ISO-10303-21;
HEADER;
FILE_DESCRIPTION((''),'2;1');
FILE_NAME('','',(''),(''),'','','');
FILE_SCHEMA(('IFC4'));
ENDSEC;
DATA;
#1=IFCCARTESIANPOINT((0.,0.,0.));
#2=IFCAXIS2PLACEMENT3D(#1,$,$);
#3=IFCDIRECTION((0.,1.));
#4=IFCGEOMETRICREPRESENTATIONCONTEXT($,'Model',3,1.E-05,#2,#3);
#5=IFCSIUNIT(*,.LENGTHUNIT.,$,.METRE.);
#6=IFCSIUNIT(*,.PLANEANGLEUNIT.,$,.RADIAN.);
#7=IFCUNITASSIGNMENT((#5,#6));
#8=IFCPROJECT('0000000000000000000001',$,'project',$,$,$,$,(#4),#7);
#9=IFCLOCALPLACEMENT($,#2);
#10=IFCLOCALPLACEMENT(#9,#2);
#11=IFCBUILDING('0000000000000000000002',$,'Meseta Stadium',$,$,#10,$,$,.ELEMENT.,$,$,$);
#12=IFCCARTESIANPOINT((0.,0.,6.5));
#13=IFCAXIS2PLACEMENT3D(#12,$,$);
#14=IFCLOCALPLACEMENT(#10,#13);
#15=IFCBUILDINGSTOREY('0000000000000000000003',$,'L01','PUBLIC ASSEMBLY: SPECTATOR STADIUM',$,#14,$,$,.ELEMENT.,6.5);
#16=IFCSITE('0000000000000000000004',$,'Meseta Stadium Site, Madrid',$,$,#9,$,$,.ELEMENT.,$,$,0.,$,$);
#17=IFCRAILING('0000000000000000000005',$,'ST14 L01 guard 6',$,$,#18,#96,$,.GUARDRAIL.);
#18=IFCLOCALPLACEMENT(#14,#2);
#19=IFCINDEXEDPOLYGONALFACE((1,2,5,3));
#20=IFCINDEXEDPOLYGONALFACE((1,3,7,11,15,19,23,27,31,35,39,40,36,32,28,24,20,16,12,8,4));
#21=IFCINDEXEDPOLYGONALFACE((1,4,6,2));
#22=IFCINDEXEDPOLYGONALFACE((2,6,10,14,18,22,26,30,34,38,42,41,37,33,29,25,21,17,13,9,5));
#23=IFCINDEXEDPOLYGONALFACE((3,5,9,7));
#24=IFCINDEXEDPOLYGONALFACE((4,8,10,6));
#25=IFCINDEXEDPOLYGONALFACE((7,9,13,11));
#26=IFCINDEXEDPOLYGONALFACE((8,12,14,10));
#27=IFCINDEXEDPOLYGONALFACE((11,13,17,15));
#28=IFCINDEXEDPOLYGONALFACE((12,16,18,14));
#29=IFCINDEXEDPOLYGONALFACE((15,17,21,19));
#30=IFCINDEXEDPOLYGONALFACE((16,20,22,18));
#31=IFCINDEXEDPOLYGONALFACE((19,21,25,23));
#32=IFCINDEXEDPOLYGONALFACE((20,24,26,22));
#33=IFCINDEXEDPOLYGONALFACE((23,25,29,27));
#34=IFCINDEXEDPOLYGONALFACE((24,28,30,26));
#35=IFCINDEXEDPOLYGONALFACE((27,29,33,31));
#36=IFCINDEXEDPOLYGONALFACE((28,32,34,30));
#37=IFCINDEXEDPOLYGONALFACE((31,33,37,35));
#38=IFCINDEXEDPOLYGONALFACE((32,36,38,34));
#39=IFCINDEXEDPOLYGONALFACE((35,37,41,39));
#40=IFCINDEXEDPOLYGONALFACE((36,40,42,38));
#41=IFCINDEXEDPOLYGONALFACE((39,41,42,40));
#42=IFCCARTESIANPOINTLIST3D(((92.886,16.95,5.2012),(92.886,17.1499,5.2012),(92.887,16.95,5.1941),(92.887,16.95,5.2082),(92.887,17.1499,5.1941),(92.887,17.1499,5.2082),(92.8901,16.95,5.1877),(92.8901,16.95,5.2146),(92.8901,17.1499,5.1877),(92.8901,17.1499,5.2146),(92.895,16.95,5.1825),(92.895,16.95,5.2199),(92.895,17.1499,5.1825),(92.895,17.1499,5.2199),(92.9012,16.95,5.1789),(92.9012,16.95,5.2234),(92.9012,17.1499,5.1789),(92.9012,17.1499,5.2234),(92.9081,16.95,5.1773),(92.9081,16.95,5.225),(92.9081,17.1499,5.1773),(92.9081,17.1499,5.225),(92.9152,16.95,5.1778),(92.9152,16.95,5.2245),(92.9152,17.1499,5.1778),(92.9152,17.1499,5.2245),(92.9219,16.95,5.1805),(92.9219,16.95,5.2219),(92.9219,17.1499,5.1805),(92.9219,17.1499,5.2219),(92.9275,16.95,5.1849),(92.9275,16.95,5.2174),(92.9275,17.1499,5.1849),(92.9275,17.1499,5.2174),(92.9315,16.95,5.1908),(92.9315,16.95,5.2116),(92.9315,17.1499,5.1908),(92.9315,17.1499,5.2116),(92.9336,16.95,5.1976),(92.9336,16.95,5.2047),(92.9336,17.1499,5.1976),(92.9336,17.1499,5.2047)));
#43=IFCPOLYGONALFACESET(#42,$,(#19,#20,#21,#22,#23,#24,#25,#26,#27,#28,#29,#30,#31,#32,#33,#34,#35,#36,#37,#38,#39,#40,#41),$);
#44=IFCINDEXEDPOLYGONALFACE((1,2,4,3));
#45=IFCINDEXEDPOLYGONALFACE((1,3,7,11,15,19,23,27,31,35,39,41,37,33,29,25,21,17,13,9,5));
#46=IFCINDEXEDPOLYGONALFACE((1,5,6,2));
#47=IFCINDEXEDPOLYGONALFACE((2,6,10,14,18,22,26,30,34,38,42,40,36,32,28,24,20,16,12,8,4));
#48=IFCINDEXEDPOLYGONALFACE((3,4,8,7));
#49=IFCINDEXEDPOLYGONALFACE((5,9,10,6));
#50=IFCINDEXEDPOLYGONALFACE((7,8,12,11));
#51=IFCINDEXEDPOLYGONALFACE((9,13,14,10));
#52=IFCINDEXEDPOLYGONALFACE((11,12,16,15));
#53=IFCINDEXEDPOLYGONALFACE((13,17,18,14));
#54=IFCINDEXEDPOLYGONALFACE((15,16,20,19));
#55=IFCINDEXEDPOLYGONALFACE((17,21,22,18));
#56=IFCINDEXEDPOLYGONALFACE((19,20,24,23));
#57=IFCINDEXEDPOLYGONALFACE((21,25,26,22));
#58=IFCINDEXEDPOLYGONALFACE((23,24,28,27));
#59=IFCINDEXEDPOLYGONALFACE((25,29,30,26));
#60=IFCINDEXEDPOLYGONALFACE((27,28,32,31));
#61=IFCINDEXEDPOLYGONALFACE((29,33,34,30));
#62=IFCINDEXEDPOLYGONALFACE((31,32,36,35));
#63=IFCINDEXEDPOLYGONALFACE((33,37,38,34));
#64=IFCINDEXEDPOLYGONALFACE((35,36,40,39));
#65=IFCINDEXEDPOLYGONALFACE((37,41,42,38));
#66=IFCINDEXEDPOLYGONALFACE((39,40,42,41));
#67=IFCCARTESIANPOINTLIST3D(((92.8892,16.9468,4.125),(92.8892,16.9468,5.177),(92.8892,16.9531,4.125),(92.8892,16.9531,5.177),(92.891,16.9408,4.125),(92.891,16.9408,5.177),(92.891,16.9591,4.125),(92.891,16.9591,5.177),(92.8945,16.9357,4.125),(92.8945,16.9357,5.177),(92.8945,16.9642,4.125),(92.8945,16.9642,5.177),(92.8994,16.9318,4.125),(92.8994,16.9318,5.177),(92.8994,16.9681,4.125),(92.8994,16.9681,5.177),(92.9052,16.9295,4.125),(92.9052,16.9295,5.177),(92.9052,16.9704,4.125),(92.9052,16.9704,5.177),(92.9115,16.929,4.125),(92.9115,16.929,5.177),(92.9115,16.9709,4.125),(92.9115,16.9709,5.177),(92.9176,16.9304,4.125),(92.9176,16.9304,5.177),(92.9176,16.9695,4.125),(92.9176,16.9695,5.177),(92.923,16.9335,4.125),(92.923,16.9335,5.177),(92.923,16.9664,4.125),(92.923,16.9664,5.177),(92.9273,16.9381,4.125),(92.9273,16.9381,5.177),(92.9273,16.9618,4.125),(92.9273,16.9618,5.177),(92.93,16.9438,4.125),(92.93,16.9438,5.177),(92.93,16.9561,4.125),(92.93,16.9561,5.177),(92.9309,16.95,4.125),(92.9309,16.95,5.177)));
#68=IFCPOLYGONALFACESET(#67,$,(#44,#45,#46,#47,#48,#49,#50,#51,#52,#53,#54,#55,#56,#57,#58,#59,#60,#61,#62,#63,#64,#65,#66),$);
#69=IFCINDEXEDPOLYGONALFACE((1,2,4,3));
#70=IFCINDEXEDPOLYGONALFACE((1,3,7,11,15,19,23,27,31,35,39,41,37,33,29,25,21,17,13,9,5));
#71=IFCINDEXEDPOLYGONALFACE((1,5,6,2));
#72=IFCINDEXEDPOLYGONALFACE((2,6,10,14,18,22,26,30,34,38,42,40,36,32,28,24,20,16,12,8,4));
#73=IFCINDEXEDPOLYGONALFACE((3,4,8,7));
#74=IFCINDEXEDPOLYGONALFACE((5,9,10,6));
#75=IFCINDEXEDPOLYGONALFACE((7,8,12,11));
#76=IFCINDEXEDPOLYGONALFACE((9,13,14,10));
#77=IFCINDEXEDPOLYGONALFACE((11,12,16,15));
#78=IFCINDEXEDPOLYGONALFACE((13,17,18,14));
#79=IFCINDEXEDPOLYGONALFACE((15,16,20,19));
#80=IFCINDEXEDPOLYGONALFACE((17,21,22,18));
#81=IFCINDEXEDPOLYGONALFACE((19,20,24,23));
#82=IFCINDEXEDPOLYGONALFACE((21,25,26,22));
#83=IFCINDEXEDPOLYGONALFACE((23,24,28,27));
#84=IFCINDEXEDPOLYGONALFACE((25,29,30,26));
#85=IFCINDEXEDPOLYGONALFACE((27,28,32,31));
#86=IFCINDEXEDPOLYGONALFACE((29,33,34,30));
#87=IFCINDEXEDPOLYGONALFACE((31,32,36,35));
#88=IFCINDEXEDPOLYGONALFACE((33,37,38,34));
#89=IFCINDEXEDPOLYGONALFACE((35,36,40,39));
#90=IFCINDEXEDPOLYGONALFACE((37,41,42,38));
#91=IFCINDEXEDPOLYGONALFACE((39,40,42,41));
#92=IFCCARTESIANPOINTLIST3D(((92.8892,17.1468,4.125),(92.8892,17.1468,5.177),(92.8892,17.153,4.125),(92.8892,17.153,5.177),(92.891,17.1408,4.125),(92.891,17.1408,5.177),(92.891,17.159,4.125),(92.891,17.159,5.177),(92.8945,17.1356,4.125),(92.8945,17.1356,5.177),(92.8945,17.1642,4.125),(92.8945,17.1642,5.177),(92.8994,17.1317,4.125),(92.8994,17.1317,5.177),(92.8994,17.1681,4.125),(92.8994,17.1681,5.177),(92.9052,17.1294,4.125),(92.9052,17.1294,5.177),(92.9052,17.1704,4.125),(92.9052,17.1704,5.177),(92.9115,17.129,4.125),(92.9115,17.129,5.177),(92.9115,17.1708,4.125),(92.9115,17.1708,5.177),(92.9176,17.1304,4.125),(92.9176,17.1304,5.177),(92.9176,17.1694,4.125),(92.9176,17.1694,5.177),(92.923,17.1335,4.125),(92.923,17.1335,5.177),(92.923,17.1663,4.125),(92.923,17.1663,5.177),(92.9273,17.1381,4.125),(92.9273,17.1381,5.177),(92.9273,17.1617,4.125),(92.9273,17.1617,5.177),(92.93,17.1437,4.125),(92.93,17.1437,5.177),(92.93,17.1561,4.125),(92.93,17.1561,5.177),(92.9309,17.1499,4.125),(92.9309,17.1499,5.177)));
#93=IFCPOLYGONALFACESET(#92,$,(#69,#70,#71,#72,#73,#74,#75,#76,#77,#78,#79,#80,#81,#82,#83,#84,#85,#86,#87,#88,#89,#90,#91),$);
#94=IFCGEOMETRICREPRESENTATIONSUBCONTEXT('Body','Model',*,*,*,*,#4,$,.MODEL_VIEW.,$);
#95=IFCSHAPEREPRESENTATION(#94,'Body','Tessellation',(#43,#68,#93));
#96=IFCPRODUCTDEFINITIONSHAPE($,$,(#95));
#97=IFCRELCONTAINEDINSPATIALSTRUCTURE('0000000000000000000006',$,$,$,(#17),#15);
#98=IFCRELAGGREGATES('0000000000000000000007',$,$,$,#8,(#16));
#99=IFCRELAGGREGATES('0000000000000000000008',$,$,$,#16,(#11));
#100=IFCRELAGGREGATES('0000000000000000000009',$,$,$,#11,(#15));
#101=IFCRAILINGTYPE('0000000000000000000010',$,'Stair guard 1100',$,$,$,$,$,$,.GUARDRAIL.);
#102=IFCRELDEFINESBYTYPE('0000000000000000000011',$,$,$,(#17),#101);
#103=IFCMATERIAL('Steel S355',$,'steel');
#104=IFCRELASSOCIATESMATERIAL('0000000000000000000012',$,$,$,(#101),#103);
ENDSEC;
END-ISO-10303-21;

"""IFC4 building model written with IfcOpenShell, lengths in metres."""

from ifc_helpers import new_model, si_unit, direction, frame, origin, origin_2d, place, context, subcontext, project, spatial, circle, extrude, material, type_object, element, save


model = new_model("IFC4")

# Units and contexts
model_context = context("Model", 3, precision=1e-05, world=origin(), true_north=direction((0.0, 1.0)))
body_context = subcontext(model_context, "Body", "Model", "MODEL_VIEW")
ifc_project = project(units=[si_unit("LENGTHUNIT", "METRE"), si_unit("PLANEANGLEUNIT", "RADIAN")], contexts=[model_context])

# Site, building, storey
site_placement = place(None, origin())
site = spatial("IfcSite", under=ifc_project, at=site_placement, Name="Meseta Stadium Site, Madrid", CompositionType="ELEMENT", RefElevation=0.0)
building_placement = place(site_placement, origin())
building = spatial("IfcBuilding", under=site, at=building_placement, Name="Meseta Stadium", CompositionType="ELEMENT")
storey_placement = place(building_placement, frame((0.0, 0.0, 6.5)))
storey = spatial("IfcBuildingStorey", under=building, at=storey_placement, Name="L01", Description="PUBLIC ASSEMBLY: SPECTATOR STADIUM", CompositionType="ELEMENT", Elevation=6.5)

# Railing
ifc_material_1 = material(Name="Steel S355", Category="steel")
railing_type_1 = type_object("IfcRailingType", Name="Stair guard 1100", PredefinedType="GUARDRAIL", material=ifc_material_1)
railing_1_placement = place(storey_placement, frame((92.9099, 16.95, 4.125)))
element("IfcRailing", 1, at=railing_1_placement, inside=storey, type_object=railing_type_1, Name="ST14 L01 guard 6", PredefinedType="GUARDRAIL", context=body_context, shape_type="SweptSolid", body=[
    extrude(circle(Radius=0.0239, at=origin_2d()), frame((0.0, 0.0, 1.0762), z_axis=(0.0, 1.0, 0.0), x_axis=(-1.0, 0.0, 0.0)), (0.0, 0.0, 1.0), 0.2),
    extrude(circle(Radius=0.021, at=origin_2d()), origin(), (0.0, 0.0, 1.0), 1.052),
    extrude(circle(Radius=0.021, at=origin_2d()), frame((0.0, 0.2, 0.0)), (0.0, 0.0, 1.0), 1.052),
])

save(model, "model.ifc")
